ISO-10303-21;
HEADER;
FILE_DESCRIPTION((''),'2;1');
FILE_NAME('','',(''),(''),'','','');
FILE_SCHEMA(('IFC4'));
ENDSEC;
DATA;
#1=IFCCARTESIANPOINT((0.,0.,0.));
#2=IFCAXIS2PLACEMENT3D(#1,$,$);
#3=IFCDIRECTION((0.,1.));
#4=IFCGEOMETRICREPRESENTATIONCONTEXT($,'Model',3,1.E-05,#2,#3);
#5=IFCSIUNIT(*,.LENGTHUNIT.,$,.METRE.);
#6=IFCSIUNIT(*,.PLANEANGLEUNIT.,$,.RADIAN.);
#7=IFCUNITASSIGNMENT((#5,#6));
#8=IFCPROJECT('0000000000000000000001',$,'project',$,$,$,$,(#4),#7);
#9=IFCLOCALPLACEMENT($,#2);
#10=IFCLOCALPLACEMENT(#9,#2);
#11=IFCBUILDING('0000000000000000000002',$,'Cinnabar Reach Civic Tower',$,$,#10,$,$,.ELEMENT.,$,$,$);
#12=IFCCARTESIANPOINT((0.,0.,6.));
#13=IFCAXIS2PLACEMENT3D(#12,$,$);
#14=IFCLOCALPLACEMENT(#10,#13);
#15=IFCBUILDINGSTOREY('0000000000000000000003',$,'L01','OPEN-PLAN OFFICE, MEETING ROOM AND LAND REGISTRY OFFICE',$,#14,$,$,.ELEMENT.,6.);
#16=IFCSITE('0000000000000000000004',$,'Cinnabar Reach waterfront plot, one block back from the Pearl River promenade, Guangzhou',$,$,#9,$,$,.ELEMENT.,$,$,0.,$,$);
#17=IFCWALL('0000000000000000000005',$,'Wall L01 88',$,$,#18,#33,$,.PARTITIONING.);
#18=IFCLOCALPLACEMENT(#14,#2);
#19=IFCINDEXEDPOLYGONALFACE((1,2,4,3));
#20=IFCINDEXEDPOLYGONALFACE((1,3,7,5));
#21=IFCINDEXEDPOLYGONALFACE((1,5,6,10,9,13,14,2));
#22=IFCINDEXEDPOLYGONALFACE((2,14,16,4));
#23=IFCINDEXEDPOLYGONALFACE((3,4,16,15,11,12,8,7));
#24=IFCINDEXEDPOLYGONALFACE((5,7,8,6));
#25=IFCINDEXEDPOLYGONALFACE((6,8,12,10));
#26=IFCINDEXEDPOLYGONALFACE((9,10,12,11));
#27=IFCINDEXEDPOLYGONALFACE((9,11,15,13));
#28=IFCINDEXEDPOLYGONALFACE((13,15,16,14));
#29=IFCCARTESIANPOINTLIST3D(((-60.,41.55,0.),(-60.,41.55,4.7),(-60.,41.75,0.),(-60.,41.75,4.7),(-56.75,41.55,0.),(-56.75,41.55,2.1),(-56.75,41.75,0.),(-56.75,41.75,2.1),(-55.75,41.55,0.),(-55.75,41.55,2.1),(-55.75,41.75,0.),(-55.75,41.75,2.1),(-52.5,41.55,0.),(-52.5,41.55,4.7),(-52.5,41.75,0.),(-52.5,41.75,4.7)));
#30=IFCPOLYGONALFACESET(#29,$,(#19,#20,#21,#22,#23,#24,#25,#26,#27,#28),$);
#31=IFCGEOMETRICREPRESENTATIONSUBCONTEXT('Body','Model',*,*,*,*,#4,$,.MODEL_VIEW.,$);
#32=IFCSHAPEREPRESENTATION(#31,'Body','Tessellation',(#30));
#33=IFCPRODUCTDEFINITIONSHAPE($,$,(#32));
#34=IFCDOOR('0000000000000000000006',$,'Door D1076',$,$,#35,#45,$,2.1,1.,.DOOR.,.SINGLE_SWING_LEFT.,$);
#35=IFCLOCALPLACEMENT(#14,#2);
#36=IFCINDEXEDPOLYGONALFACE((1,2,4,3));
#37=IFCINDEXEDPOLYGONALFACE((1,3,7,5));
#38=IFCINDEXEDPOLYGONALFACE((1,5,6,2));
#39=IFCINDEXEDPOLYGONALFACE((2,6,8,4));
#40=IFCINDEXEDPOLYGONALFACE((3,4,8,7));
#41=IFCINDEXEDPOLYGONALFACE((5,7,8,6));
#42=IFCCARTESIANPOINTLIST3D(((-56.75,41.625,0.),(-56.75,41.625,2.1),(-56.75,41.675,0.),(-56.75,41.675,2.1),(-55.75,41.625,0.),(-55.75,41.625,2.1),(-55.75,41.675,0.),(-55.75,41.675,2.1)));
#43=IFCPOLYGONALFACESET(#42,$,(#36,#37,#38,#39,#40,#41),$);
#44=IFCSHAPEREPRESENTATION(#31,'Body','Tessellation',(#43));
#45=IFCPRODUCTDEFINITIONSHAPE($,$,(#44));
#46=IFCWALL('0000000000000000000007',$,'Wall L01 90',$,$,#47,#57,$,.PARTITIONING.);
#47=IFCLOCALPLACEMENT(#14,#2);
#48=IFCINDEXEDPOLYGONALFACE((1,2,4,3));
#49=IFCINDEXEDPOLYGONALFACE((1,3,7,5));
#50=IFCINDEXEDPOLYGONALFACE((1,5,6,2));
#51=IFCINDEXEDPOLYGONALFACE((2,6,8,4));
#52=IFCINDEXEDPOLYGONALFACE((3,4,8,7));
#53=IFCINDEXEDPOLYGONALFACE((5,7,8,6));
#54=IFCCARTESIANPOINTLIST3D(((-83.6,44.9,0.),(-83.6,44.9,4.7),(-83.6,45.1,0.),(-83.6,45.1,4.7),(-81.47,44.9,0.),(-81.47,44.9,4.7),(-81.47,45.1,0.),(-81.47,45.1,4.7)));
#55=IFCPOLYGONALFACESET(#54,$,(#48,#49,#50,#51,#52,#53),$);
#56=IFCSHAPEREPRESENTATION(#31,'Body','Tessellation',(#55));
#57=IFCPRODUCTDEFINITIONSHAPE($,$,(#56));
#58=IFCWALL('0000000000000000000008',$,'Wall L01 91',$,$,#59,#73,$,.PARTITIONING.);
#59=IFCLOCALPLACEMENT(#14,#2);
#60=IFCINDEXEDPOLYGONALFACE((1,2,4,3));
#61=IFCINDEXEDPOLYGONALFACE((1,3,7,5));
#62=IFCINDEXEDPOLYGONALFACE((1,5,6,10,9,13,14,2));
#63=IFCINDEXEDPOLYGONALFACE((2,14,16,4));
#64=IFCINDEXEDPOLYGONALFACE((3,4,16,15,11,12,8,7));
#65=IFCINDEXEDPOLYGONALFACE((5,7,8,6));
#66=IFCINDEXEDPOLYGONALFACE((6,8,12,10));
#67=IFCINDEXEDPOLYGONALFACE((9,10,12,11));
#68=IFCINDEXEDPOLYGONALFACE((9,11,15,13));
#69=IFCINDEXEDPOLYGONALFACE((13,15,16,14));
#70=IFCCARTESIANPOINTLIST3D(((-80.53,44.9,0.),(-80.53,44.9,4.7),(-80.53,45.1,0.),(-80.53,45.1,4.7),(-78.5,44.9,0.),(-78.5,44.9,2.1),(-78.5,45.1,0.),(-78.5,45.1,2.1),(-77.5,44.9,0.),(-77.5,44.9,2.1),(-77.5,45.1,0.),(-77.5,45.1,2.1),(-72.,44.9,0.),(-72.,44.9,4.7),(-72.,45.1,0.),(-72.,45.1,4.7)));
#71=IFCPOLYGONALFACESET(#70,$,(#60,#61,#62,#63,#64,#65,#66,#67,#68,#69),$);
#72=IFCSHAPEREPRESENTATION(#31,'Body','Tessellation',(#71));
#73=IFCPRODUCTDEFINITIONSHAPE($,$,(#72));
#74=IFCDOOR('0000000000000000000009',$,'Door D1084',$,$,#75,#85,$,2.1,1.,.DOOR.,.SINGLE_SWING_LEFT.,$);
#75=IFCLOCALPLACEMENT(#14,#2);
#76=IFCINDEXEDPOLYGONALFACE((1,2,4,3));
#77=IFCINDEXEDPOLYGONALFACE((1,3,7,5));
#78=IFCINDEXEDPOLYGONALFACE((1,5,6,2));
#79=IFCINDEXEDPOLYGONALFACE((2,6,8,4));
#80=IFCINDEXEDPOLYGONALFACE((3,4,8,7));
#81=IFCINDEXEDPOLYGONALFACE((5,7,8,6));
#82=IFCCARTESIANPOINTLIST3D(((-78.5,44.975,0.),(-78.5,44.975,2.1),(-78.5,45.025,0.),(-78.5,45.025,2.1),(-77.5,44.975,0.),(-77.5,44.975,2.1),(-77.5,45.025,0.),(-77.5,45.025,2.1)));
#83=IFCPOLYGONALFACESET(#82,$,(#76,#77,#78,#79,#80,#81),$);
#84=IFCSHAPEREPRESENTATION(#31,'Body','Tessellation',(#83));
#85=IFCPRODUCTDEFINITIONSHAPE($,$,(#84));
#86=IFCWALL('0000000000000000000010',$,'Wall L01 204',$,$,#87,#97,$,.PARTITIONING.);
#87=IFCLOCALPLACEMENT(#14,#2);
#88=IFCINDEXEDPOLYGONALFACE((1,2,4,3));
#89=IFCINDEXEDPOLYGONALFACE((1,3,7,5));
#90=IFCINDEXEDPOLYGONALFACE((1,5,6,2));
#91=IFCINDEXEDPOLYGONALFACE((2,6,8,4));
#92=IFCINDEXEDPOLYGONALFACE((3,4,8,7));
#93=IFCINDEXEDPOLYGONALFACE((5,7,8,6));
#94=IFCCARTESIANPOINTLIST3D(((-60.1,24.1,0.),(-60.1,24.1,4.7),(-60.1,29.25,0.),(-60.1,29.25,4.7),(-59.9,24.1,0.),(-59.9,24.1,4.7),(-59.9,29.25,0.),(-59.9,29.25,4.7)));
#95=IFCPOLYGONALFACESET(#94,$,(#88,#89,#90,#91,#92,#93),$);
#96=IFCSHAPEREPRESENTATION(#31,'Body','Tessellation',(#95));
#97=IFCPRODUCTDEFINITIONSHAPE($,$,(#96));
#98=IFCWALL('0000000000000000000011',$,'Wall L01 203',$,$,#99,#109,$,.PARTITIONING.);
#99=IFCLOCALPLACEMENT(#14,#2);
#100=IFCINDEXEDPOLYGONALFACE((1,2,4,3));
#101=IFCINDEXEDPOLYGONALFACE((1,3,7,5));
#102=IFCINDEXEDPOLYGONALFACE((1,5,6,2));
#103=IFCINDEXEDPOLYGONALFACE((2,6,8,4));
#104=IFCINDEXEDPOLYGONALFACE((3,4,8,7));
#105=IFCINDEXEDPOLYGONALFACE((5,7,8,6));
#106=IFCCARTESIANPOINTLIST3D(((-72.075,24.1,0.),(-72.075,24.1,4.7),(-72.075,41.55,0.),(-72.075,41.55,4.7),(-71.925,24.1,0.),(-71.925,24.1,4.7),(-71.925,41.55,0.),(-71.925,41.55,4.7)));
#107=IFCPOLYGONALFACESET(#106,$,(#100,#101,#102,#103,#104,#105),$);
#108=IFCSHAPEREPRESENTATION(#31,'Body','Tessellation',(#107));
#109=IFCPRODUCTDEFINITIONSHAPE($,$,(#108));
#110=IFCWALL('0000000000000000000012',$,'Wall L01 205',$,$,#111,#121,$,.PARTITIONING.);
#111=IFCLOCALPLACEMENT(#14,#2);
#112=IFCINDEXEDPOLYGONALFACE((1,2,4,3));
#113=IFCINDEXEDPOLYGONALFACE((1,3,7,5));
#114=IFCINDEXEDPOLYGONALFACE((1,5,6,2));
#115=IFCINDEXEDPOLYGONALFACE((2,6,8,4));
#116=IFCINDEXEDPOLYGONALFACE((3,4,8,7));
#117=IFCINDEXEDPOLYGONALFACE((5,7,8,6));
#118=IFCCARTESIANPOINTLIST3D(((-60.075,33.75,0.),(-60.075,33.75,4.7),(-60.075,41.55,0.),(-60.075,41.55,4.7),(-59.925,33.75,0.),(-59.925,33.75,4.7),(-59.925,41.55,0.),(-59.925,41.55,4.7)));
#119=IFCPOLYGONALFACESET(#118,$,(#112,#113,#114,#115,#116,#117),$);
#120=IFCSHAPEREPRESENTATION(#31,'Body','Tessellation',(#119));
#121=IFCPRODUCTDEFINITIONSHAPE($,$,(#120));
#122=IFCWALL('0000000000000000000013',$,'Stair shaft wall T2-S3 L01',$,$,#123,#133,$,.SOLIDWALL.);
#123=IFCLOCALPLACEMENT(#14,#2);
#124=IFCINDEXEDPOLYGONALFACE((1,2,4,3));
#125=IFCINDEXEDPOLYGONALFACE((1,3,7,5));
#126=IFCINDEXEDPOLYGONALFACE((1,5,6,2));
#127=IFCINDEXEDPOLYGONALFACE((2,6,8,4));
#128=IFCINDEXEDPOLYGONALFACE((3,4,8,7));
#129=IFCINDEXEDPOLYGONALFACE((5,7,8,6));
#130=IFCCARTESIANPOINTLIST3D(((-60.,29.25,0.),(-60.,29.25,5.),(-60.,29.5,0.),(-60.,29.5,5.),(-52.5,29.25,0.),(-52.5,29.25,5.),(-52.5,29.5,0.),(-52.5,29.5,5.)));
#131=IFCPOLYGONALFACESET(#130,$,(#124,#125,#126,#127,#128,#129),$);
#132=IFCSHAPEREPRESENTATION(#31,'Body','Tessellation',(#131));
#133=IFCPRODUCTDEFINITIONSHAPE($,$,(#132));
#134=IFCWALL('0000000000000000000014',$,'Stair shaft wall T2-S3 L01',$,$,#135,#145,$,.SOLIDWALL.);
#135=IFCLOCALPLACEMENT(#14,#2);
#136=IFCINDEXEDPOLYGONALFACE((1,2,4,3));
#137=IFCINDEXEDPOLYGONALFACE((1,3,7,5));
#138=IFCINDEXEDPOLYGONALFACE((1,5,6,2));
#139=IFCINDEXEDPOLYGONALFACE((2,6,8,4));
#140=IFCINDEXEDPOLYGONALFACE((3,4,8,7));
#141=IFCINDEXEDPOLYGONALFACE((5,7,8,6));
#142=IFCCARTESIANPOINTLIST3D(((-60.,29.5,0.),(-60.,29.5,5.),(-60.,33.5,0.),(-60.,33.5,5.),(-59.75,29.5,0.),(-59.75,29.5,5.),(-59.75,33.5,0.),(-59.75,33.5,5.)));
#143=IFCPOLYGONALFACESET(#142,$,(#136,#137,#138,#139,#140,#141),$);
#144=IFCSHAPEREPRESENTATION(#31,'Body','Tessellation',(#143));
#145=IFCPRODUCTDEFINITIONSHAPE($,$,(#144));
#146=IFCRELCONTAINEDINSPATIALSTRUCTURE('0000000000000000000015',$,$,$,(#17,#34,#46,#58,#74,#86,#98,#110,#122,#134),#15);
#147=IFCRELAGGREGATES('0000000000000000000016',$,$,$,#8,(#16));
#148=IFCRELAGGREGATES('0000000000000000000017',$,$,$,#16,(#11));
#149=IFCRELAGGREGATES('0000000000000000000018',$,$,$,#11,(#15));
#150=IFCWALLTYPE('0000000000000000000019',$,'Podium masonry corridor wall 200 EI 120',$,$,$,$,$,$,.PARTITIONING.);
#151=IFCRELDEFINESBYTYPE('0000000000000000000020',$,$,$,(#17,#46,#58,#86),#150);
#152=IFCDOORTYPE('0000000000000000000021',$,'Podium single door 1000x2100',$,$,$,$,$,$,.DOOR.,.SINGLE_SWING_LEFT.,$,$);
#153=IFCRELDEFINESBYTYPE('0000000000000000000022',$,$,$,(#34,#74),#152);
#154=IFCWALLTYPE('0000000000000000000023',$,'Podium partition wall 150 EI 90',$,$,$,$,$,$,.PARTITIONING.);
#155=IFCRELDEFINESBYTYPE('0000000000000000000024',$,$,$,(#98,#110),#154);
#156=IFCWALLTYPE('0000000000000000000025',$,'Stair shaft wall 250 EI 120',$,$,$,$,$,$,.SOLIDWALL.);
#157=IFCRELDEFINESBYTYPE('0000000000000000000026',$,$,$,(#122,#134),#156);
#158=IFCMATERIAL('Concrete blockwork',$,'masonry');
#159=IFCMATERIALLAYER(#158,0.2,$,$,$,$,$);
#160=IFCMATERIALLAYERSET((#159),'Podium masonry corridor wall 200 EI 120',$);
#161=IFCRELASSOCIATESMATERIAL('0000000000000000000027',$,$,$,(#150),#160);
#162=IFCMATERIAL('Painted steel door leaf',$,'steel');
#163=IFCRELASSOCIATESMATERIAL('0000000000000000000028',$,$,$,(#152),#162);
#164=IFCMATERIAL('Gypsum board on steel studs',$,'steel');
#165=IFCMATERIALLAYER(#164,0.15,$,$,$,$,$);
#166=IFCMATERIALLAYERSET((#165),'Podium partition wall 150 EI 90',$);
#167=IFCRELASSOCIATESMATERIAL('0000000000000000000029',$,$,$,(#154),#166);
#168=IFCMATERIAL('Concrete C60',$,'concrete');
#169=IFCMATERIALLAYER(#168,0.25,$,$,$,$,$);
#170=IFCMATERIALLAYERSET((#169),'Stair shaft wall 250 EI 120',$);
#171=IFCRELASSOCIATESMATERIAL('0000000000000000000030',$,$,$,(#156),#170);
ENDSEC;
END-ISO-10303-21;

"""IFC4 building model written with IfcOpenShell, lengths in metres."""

from ifc_helpers import new_model, si_unit, direction, frame, frame_2d, origin, place, context, subcontext, project, spatial, rectangle, extrude, material, layer, layer_set, type_object, element, fill, save


model = new_model("IFC4")

# Units and contexts
model_context = context("Model", 3, precision=1e-05, world=origin(), true_north=direction((0.0, 1.0)))
body_context = subcontext(model_context, "Body", "Model", "MODEL_VIEW")
ifc_project = project(units=[si_unit("LENGTHUNIT", "METRE"), si_unit("PLANEANGLEUNIT", "RADIAN")], contexts=[model_context])

# Site, building, storey
site_placement = place(None, origin())
site = spatial("IfcSite", under=ifc_project, at=site_placement, Name="Cinnabar Reach waterfront plot, one block back from the Pearl River promenade, Guangzhou", CompositionType="ELEMENT", RefElevation=0.0)
building_placement = place(site_placement, origin())
building = spatial("IfcBuilding", under=site, at=building_placement, Name="Cinnabar Reach Civic Tower", CompositionType="ELEMENT")
storey_placement = place(building_placement, frame((0.0, 0.0, 6.0)))
storey = spatial("IfcBuildingStorey", under=building, at=storey_placement, Name="L01", Description="OPEN-PLAN OFFICE, MEETING ROOM AND LAND REGISTRY OFFICE", CompositionType="ELEMENT", Elevation=6.0)

# Shared definitions
ifc_material_1 = material(Name="Concrete C60", Category="concrete")

# Shared definitions
ifc_material_2 = material(Name="Concrete blockwork", Category="masonry")
ifc_layer_1 = layer(ifc_material_2, 0.2)
ifc_layer_set_1 = layer_set([ifc_layer_1], Name="Podium masonry corridor wall 200 EI 120")
wall_type_1 = type_object("IfcWallType", Name="Podium masonry corridor wall 200 EI 120", PredefinedType="PARTITIONING", material=ifc_layer_set_1)

# Wall, opening, door
wall_1_placement = place(storey_placement, frame((-60.0, 41.65, 0.0), z_axis=(0.0, 0.0, 1.0), x_axis=(1.0, 0.0, 0.0)))
wall_1 = element("IfcWall", 1, at=wall_1_placement, inside=storey, type_object=wall_type_1, Name="Wall L01 88", PredefinedType="PARTITIONING", context=body_context, shape_type="SweptSolid", body=[
    extrude(rectangle(XDim=7.5, YDim=0.2, at=frame_2d((3.75, 0.0))), origin(), (0.0, 0.0, 1.0), 4.7),
])
opening_1_placement = place(wall_1_placement, frame((3.25, 0.0, 0.0)))
opening_1 = element("IfcOpeningElement", 2, at=opening_1_placement, cuts=wall_1, PredefinedType="OPENING", context=body_context, shape_type="SweptSolid", body=[
    extrude(rectangle(XDim=1.0, YDim=2.1, at=frame_2d((0.5, 1.05))), frame((0.0, 0.11, 0.0), z_axis=(0.0, -1.0, 0.0), x_axis=(1.0, 0.0, 0.0)), (0.0, 0.0, 1.0), 0.22),
])
ifc_material_3 = material(Name="Painted steel door leaf", Category="steel")
door_type = type_object("IfcDoorType", Name="Podium single door 1000x2100", OperationType="SINGLE_SWING_LEFT", PredefinedType="DOOR", material=ifc_material_3)
door_1_placement = place(opening_1_placement, frame((1.0, 0.0, 0.0), z_axis=(0.0, 0.0, 1.0), x_axis=(-1.0, 0.0, 0.0)))
door_1 = element("IfcDoor", 3, at=door_1_placement, inside=storey, type_object=door_type, Name="Door D1076", OperationType="SINGLE_SWING_LEFT", OverallHeight=2.1, OverallWidth=1.0, PredefinedType="DOOR", context=body_context, shape_type="SweptSolid", body=[
    extrude(rectangle(XDim=1.0, YDim=2.1, at=frame_2d((0.5, 1.05))), frame((0.0, 0.025, 0.0), z_axis=(0.0, -1.0, 0.0), x_axis=(1.0, 0.0, 0.0)), (0.0, 0.0, 1.0), 0.05),
])
fill(opening_1, door_1)

# Wall
wall_2_placement = place(storey_placement, frame((-83.6, 45.0, 0.0), z_axis=(0.0, 0.0, 1.0), x_axis=(1.0, 0.0, 0.0)))
element("IfcWall", 4, at=wall_2_placement, inside=storey, type_object=wall_type_1, Name="Wall L01 90", PredefinedType="PARTITIONING", context=body_context, shape_type="SweptSolid", body=[
    extrude(rectangle(XDim=2.13, YDim=0.2, at=frame_2d((1.065, 0.0))), origin(), (0.0, 0.0, 1.0), 4.7),
])

# Wall, opening, door
wall_3_placement = place(storey_placement, frame((-80.53, 45.0, 0.0), z_axis=(0.0, 0.0, 1.0), x_axis=(1.0, 0.0, 0.0)))
wall_3 = element("IfcWall", 5, at=wall_3_placement, inside=storey, type_object=wall_type_1, Name="Wall L01 91", PredefinedType="PARTITIONING", context=body_context, shape_type="SweptSolid", body=[
    extrude(rectangle(XDim=8.53, YDim=0.2, at=frame_2d((4.265, 0.0))), origin(), (0.0, 0.0, 1.0), 4.7),
])
opening_2_placement = place(wall_3_placement, frame((2.03, 0.0, 0.0)))
opening_2 = element("IfcOpeningElement", 6, at=opening_2_placement, cuts=wall_3, PredefinedType="OPENING", context=body_context, shape_type="SweptSolid", body=[
    extrude(rectangle(XDim=1.0, YDim=2.1, at=frame_2d((0.5, 1.05))), frame((0.0, 0.11, 0.0), z_axis=(0.0, -1.0, 0.0), x_axis=(1.0, 0.0, 0.0)), (0.0, 0.0, 1.0), 0.22),
])
door_2_placement = place(opening_2_placement, origin())
door_2 = element("IfcDoor", 7, at=door_2_placement, inside=storey, type_object=door_type, Name="Door D1084", OperationType="SINGLE_SWING_LEFT", OverallHeight=2.1, OverallWidth=1.0, PredefinedType="DOOR", context=body_context, shape_type="SweptSolid", body=[
    extrude(rectangle(XDim=1.0, YDim=2.1, at=frame_2d((0.5, 1.05))), frame((0.0, 0.025, 0.0), z_axis=(0.0, -1.0, 0.0), x_axis=(1.0, 0.0, 0.0)), (0.0, 0.0, 1.0), 0.05),
])
fill(opening_2, door_2)

# Walls
wall_4_placement = place(storey_placement, frame((-60.0, 24.1, 0.0), z_axis=(0.0, 0.0, 1.0), x_axis=(0.0, 1.0, 0.0)))
element("IfcWall", 8, at=wall_4_placement, inside=storey, type_object=wall_type_1, Name="Wall L01 204", PredefinedType="PARTITIONING", context=body_context, shape_type="SweptSolid", body=[
    extrude(rectangle(XDim=5.15, YDim=0.2, at=frame_2d((2.575, 0.0))), origin(), (0.0, 0.0, 1.0), 4.7),
])
ifc_material_4 = material(Name="Gypsum board on steel studs", Category="steel")
ifc_layer_2 = layer(ifc_material_4, 0.15)
ifc_layer_set_2 = layer_set([ifc_layer_2], Name="Podium partition wall 150 EI 90")
wall_type_2 = type_object("IfcWallType", Name="Podium partition wall 150 EI 90", PredefinedType="PARTITIONING", material=ifc_layer_set_2)
wall_5_placement = place(storey_placement, frame((-72.0, 24.1, 0.0), z_axis=(0.0, 0.0, 1.0), x_axis=(0.0, 1.0, 0.0)))
element("IfcWall", 9, at=wall_5_placement, inside=storey, type_object=wall_type_2, Name="Wall L01 203", PredefinedType="PARTITIONING", context=body_context, shape_type="SweptSolid", body=[
    extrude(rectangle(XDim=17.45, YDim=0.15, at=frame_2d((8.725, 0.0))), origin(), (0.0, 0.0, 1.0), 4.7),
])
wall_6_placement = place(storey_placement, frame((-60.0, 33.75, 0.0), z_axis=(0.0, 0.0, 1.0), x_axis=(0.0, 1.0, 0.0)))
element("IfcWall", 10, at=wall_6_placement, inside=storey, type_object=wall_type_2, Name="Wall L01 205", PredefinedType="PARTITIONING", context=body_context, shape_type="SweptSolid", body=[
    extrude(rectangle(XDim=7.8, YDim=0.15, at=frame_2d((3.9, 0.0))), origin(), (0.0, 0.0, 1.0), 4.7),
])
ifc_layer_3 = layer(ifc_material_1, 0.25)
ifc_layer_set_3 = layer_set([ifc_layer_3], Name="Stair shaft wall 250 EI 120")
wall_type_3 = type_object("IfcWallType", Name="Stair shaft wall 250 EI 120", PredefinedType="SOLIDWALL", material=ifc_layer_set_3)
wall_7_placement = place(storey_placement, frame((-60.0, 29.375, 0.0), z_axis=(0.0, 0.0, 1.0), x_axis=(1.0, 0.0, 0.0)))
element("IfcWall", 11, at=wall_7_placement, inside=storey, type_object=wall_type_3, Name="Stair shaft wall T2-S3 L01", PredefinedType="SOLIDWALL", context=body_context, shape_type="SweptSolid", body=[
    extrude(rectangle(XDim=7.5, YDim=0.25, at=frame_2d((3.75, 0.0))), origin(), (0.0, 0.0, 1.0), 5.0),
])
wall_8_placement = place(storey_placement, frame((-59.875, 33.5, 0.0), z_axis=(0.0, 0.0, 1.0), x_axis=(0.0, -1.0, 0.0)))
element("IfcWall", 12, at=wall_8_placement, inside=storey, type_object=wall_type_3, Name="Stair shaft wall T2-S3 L01", PredefinedType="SOLIDWALL", context=body_context, shape_type="SweptSolid", body=[
    extrude(rectangle(XDim=4.0, YDim=0.25, at=frame_2d((2.0, 0.0))), origin(), (0.0, 0.0, 1.0), 5.0),
])

save(model, "model.ifc")
